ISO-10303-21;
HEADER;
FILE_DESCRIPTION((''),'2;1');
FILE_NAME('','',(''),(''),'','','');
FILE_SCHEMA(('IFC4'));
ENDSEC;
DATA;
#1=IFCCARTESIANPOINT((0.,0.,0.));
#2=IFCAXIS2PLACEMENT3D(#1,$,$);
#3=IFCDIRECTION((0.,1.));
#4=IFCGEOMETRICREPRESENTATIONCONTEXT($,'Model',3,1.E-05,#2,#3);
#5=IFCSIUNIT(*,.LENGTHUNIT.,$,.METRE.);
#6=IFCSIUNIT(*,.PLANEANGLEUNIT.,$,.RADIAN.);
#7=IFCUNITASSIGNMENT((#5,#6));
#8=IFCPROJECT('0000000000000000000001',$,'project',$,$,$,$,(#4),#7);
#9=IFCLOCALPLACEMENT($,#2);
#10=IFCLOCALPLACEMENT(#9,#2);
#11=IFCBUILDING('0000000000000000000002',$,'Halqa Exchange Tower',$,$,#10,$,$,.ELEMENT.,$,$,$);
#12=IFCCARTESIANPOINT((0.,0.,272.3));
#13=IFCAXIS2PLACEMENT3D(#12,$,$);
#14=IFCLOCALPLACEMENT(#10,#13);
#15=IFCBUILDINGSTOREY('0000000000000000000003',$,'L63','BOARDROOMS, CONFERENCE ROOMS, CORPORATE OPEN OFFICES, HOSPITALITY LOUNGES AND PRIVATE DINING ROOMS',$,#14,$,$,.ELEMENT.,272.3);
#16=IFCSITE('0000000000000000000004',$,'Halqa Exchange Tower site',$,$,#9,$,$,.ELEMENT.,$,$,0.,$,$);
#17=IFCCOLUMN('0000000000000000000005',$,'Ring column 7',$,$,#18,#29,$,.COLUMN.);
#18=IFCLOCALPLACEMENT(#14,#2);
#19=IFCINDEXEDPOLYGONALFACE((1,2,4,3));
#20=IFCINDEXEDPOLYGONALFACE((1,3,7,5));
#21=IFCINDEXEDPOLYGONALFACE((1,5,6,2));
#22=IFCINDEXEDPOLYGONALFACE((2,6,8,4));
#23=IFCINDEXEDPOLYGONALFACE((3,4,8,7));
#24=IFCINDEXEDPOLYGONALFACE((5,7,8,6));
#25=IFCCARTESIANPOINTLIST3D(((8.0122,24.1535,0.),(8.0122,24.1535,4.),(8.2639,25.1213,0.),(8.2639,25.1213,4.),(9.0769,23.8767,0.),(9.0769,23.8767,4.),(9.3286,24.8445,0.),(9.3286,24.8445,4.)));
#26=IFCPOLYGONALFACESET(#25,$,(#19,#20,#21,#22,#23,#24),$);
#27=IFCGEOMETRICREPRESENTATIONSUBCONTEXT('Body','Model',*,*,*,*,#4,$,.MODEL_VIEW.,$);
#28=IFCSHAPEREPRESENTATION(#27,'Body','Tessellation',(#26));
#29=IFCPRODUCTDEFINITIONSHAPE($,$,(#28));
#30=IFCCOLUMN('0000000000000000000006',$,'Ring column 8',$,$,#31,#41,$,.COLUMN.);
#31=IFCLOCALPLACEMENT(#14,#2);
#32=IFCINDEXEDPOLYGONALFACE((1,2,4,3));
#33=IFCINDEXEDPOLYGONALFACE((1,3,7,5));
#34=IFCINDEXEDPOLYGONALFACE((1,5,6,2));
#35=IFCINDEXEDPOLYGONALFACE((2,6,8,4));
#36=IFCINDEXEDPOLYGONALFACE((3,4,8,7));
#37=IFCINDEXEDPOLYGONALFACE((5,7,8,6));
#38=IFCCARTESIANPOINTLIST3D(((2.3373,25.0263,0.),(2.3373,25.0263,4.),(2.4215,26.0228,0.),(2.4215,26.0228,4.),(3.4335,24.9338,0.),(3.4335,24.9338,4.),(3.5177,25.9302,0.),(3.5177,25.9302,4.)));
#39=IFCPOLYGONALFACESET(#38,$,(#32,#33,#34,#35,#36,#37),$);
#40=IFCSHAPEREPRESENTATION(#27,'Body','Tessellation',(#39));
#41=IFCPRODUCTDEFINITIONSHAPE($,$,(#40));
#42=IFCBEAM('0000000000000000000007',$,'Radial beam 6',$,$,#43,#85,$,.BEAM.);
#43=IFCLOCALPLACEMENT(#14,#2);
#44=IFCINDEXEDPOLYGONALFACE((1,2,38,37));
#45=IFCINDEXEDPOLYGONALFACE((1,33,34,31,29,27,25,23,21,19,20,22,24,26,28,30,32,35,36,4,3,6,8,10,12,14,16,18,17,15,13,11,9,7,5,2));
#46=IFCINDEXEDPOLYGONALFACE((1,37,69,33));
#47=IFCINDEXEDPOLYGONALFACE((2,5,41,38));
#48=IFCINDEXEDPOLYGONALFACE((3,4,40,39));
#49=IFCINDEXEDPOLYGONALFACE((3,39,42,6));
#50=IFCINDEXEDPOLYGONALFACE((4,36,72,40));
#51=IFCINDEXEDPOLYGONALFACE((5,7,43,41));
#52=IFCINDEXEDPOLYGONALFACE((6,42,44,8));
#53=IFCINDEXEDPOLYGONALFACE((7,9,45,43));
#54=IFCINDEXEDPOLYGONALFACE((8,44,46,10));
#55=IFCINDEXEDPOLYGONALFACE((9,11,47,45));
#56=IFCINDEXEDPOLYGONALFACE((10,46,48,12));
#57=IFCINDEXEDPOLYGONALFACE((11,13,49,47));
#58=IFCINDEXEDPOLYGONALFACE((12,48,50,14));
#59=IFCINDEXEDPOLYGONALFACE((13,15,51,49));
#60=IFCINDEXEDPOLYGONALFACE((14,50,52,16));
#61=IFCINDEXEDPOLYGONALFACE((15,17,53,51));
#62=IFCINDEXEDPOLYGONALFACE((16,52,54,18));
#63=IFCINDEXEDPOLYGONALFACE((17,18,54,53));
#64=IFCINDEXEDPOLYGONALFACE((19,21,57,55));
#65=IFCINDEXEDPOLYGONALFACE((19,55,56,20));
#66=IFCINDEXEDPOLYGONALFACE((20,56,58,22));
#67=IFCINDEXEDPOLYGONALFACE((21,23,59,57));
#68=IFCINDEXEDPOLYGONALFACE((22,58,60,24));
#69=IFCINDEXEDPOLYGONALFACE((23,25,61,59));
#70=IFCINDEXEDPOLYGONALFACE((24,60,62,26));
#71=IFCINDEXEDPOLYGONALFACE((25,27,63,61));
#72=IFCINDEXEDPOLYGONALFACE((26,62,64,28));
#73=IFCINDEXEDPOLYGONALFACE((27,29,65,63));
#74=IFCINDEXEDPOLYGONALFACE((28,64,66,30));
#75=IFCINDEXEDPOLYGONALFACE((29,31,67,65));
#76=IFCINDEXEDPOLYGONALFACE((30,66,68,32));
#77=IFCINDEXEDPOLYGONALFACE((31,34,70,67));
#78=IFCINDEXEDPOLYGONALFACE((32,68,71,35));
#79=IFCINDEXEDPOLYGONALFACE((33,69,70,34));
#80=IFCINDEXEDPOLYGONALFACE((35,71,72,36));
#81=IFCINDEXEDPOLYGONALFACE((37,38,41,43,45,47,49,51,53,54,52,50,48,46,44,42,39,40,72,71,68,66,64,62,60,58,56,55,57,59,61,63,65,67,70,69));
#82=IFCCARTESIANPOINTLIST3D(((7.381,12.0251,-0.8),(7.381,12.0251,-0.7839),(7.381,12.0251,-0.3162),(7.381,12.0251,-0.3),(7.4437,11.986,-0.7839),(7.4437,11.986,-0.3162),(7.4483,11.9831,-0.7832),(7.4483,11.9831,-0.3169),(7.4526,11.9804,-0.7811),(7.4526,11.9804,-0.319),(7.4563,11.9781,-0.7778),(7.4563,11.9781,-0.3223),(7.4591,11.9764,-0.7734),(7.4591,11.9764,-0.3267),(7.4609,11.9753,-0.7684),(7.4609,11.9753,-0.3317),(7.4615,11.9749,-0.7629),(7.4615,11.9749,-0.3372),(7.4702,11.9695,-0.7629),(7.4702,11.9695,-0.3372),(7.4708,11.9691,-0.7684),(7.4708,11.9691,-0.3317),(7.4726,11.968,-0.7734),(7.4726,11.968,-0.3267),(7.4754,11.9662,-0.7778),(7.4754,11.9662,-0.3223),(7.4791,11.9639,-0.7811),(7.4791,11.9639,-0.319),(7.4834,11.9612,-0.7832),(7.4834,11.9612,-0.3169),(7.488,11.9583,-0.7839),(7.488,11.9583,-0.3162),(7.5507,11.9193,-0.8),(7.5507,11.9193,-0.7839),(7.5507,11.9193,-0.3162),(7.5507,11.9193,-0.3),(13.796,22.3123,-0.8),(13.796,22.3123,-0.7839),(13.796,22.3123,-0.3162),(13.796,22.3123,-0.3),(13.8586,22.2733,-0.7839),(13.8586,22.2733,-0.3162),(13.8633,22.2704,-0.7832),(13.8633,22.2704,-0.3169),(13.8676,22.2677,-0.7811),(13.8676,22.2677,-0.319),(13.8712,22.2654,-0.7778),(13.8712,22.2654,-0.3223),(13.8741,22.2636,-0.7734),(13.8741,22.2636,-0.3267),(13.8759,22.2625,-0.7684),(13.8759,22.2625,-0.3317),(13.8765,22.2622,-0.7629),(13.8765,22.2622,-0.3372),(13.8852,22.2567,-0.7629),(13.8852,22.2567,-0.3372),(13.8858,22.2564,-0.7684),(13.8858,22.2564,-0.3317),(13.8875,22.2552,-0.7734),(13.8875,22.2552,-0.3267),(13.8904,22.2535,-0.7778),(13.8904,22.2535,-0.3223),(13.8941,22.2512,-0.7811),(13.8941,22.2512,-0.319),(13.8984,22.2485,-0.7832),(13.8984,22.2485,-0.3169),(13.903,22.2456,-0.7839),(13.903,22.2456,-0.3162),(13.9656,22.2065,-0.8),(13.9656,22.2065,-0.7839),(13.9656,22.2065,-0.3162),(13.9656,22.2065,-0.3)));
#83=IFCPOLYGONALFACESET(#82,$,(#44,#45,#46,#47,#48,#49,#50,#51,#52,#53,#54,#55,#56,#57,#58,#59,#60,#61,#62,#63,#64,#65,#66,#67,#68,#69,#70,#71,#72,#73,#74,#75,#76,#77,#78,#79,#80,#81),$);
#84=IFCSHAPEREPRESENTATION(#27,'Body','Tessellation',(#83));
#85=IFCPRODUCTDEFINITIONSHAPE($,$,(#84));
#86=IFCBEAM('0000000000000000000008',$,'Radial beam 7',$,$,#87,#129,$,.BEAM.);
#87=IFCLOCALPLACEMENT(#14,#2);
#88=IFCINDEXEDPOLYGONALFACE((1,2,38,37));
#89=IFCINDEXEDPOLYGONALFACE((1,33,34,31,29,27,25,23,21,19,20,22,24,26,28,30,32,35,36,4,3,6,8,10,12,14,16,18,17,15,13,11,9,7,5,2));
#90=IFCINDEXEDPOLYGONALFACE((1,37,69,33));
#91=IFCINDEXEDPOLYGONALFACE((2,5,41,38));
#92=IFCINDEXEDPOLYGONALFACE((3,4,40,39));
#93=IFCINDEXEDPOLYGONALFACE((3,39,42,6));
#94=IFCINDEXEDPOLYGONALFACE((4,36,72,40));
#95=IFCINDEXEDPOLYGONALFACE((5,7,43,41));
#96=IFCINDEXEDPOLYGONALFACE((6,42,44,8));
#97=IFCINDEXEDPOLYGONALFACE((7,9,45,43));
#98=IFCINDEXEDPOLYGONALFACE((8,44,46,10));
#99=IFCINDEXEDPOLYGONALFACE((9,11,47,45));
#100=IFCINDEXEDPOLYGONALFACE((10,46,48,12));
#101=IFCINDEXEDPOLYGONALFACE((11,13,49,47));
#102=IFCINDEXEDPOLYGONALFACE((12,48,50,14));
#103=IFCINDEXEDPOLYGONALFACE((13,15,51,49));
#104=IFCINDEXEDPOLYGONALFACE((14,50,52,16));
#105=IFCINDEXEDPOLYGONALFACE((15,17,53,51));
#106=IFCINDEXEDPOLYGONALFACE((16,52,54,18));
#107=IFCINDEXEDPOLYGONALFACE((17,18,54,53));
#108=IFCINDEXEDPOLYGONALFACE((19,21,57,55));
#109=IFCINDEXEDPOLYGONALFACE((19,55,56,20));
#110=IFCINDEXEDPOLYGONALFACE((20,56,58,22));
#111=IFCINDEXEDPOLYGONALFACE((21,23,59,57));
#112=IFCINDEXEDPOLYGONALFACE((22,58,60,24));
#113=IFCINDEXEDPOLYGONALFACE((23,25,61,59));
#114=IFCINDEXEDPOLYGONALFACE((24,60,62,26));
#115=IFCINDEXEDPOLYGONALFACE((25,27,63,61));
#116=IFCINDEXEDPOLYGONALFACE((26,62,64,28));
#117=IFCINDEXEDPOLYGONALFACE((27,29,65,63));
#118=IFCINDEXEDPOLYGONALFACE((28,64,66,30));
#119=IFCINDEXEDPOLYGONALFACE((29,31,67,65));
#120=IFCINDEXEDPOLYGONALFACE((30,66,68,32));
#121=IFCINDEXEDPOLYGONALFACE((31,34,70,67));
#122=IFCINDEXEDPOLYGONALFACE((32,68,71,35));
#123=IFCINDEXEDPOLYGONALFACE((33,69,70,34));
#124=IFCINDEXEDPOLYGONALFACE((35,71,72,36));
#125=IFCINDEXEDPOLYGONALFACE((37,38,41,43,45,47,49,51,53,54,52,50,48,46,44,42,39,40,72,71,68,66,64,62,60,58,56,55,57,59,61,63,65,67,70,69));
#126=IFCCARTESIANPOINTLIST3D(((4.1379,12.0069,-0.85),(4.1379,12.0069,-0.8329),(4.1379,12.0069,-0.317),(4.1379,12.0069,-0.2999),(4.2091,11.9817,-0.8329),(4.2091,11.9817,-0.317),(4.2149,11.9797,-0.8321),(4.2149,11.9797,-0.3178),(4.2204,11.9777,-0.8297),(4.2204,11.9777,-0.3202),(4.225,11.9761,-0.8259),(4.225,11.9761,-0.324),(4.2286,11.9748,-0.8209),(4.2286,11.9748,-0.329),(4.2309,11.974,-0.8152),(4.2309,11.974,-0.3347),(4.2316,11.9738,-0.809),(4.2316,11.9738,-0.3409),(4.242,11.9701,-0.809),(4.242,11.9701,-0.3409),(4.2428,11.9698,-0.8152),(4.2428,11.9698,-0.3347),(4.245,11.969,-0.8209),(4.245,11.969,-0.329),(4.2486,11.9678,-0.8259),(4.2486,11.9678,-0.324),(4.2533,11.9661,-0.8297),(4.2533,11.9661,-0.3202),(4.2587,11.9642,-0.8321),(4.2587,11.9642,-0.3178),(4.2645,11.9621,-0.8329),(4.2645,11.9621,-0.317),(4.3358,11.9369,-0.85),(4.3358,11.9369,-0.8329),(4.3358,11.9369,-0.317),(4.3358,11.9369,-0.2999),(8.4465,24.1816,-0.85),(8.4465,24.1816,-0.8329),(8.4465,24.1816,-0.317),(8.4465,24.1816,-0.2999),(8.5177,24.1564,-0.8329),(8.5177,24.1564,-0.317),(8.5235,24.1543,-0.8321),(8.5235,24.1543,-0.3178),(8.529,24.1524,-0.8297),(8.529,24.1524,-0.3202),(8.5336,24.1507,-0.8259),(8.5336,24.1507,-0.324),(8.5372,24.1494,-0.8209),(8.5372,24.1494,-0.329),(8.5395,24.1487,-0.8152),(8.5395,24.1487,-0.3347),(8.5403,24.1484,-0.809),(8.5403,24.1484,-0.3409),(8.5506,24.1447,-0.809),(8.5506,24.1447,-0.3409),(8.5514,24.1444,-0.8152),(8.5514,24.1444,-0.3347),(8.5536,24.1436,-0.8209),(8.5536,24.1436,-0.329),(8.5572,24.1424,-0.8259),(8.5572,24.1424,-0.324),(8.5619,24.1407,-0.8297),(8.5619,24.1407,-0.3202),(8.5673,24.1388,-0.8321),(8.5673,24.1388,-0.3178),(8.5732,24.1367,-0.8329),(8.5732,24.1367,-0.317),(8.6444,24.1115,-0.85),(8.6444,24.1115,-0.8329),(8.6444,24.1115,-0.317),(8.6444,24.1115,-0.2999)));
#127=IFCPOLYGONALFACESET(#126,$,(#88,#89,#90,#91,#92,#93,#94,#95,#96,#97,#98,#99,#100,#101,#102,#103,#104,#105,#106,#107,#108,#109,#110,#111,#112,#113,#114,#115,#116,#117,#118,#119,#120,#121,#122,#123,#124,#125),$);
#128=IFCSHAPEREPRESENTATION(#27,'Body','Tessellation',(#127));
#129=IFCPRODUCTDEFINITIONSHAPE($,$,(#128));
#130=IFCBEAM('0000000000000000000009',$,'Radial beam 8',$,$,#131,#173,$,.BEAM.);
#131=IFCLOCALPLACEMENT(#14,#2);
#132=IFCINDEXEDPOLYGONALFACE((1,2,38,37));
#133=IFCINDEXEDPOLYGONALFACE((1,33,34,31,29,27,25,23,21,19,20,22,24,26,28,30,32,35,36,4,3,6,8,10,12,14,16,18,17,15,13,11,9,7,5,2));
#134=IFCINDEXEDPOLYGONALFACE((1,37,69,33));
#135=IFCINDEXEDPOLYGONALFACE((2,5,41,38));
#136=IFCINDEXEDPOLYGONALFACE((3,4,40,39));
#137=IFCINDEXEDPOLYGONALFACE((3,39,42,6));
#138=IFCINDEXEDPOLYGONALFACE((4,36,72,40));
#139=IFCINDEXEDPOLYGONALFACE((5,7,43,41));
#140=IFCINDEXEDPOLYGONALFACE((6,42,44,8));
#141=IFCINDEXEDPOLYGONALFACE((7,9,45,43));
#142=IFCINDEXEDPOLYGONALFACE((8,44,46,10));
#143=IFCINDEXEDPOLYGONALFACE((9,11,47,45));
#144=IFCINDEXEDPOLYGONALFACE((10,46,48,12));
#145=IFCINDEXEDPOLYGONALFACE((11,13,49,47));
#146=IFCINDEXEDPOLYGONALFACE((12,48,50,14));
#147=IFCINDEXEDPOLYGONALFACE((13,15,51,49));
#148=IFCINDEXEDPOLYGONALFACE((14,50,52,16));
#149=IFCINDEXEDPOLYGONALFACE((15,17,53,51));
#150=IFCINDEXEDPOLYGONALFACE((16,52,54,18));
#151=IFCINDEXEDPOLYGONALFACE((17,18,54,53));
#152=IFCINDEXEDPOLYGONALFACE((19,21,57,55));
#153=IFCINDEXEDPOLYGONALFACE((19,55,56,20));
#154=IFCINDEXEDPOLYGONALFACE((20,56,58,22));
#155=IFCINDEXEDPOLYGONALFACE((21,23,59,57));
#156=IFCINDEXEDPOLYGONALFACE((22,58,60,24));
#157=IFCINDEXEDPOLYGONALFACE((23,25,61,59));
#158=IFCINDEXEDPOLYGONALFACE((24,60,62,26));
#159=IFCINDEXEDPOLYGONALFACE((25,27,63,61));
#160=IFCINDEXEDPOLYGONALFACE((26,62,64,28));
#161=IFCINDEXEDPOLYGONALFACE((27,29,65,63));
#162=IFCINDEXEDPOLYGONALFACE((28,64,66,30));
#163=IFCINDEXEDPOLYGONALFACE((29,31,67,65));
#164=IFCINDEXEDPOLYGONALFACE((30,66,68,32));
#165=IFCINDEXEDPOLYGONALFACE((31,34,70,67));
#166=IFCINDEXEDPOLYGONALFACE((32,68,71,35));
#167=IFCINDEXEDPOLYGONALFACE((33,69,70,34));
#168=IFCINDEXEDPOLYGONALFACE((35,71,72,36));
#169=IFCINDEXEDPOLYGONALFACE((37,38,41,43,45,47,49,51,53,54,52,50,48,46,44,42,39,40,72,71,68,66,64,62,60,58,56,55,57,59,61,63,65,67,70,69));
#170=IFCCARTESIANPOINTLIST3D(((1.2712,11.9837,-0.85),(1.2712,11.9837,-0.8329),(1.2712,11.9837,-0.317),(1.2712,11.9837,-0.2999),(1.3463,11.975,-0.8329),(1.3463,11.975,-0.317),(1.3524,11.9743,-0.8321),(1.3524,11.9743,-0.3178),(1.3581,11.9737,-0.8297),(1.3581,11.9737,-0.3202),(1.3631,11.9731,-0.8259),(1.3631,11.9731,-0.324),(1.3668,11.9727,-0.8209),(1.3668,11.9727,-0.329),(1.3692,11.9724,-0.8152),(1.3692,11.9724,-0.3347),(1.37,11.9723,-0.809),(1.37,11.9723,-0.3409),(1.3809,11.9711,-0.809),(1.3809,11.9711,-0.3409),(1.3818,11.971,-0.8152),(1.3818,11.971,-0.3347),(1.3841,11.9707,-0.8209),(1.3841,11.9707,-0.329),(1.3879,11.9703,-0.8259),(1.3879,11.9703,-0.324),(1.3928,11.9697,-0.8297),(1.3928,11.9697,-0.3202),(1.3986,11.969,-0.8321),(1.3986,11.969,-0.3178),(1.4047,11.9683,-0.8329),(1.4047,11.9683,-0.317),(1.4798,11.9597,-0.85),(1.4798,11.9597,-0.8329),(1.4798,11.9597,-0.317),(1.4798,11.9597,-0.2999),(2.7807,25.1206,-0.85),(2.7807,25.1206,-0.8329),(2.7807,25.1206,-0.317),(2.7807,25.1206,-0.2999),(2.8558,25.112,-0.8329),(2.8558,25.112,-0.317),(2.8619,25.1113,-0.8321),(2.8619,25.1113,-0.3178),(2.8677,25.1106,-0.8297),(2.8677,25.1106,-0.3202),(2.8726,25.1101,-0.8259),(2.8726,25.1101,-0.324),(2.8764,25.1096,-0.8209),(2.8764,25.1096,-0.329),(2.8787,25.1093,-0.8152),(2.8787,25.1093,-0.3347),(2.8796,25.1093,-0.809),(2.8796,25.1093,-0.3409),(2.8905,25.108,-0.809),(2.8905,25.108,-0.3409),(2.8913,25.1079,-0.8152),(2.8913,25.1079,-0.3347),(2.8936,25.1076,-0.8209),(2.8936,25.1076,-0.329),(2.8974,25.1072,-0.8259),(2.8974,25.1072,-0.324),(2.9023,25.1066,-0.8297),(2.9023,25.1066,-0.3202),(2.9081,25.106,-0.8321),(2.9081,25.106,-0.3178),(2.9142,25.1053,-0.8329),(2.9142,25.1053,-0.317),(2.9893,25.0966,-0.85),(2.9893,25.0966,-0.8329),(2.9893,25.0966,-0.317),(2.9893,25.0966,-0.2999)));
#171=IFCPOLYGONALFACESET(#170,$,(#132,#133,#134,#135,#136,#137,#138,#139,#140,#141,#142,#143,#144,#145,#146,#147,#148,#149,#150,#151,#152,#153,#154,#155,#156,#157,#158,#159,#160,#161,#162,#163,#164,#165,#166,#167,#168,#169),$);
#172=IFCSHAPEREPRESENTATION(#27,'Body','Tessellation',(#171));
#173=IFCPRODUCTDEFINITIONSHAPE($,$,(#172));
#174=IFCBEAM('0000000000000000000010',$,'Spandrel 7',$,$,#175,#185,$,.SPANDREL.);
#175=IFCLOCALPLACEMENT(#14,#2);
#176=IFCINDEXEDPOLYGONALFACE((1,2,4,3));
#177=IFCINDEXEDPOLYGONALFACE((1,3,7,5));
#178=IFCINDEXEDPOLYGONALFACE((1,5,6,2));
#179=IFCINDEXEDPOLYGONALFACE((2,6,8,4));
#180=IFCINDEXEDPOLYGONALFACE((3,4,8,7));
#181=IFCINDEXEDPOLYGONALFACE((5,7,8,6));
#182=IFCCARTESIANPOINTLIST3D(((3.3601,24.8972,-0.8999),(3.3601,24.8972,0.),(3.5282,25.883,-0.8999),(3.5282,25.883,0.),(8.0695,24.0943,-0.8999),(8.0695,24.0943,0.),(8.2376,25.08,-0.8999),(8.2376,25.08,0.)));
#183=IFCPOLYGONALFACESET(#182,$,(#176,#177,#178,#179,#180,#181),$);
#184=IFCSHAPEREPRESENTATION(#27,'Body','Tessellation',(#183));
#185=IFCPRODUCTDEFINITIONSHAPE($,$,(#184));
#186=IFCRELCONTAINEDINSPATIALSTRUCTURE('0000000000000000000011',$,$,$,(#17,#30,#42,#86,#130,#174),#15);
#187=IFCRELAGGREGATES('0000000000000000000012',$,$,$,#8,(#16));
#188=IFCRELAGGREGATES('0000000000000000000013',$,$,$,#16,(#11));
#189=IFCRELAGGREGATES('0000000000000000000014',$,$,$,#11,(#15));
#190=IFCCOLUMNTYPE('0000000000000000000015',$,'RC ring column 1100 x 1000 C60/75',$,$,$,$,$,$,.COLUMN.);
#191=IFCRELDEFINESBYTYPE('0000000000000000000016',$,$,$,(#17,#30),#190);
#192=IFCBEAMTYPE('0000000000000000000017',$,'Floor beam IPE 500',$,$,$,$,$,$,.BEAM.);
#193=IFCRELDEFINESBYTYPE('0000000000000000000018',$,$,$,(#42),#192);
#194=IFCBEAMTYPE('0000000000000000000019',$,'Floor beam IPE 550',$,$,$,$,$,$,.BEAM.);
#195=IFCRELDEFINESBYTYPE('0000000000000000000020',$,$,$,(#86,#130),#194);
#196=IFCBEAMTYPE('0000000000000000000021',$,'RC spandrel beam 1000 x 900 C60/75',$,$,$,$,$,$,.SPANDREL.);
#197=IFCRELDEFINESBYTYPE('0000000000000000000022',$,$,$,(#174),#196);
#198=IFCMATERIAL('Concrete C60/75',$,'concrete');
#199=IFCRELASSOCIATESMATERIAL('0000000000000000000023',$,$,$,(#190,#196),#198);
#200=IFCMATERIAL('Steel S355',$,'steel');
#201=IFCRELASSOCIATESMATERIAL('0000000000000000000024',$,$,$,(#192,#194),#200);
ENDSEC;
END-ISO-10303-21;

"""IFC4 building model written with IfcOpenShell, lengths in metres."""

from ifc_helpers import new_model, si_unit, direction, frame, origin, origin_2d, place, context, subcontext, project, spatial, rectangle, i_section, extrude, material, material_profile, profile_set, type_object, element, save


model = new_model("IFC4")

# Units and contexts
model_context = context("Model", 3, precision=1e-05, world=origin(), true_north=direction((0.0, 1.0)))
body_context = subcontext(model_context, "Body", "Model", "MODEL_VIEW")
ifc_project = project(units=[si_unit("LENGTHUNIT", "METRE"), si_unit("PLANEANGLEUNIT", "RADIAN")], contexts=[model_context])

# Site, building, storey
site_placement = place(None, origin())
site = spatial("IfcSite", under=ifc_project, at=site_placement, Name="Halqa Exchange Tower site", CompositionType="ELEMENT", RefElevation=0.0)
building_placement = place(site_placement, origin())
building = spatial("IfcBuilding", under=site, at=building_placement, Name="Halqa Exchange Tower", CompositionType="ELEMENT")
storey_placement = place(building_placement, frame((0.0, 0.0, 272.3)))
storey = spatial("IfcBuildingStorey", under=building, at=storey_placement, Name="L63", Description="BOARDROOMS, CONFERENCE ROOMS, CORPORATE OPEN OFFICES, HOSPITALITY LOUNGES AND PRIVATE DINING ROOMS", CompositionType="ELEMENT", Elevation=272.3)

# Columns
ifc_material_1 = material(Name="Concrete C60/75", Category="concrete")
ifc_material_profile_1 = material_profile(ifc_material_1, rectangle(XDim=1.1001, YDim=1.0, at=origin_2d()), Name="1100 x 1000")
ifc_profile_set_1 = profile_set([ifc_material_profile_1], Name="Concrete C60/75")
column_type = type_object("IfcColumnType", Name="RC ring column 1100 x 1000 C60/75", PredefinedType="COLUMN", material=ifc_profile_set_1)
for number, where, z_axis, x_axis, name in (
    (1, (8.6704, 24.499, 0.0), (0.0, 0.0, 1.0), (-0.96782, 0.251642, 0.0), "Ring column 7"),
    (2, (2.9275, 25.4783, 0.0), (0.0, 0.0, 1.0), (-0.996456, 0.084121, 0.0), "Ring column 8"),
):
    element("IfcColumn", number, at=place(storey_placement, frame(where, z_axis=z_axis, x_axis=x_axis)), inside=storey, type_object=column_type, Name=name, PredefinedType="COLUMN", context=body_context, shape_type="SweptSolid", body=[
        extrude(rectangle(XDim=1.1001, YDim=1.0, at=origin_2d()), origin(), (0.0, 0.0, 1.0), 4.0),
    ])

# Beams
ifc_material_2 = material(Name="Steel S355", Category="steel")
ifc_material_profile_2 = material_profile(ifc_material_2, i_section(OverallWidth=0.2, OverallDepth=0.5, WebThickness=0.0103, FlangeThickness=0.0161, FilletRadius=0.021, at=origin_2d()), Name="IPE 500")
ifc_profile_set_2 = profile_set([ifc_material_profile_2], Name="Steel S355")
beam_type_1 = type_object("IfcBeamType", Name="Floor beam IPE 500", PredefinedType="BEAM", material=ifc_profile_set_2)
beam_1_placement = place(storey_placement, frame((7.4658, 11.9722, -0.55), z_axis=(0.529135, 0.848538, 0.0), x_axis=(-0.848538, 0.529135, 0.0)))
element("IfcBeam", 3, at=beam_1_placement, inside=storey, type_object=beam_type_1, Name="Radial beam 6", PredefinedType="BEAM", context=body_context, shape_type="SweptSolid", body=[
    extrude(i_section(OverallWidth=0.2, OverallDepth=0.5, WebThickness=0.0103, FlangeThickness=0.0161, FilletRadius=0.021, at=origin_2d()), origin(), (0.0, 0.0, 1.0), 12.1235),
])
ifc_material_profile_3 = material_profile(ifc_material_2, i_section(OverallWidth=0.21, OverallDepth=0.55, WebThickness=0.011, FlangeThickness=0.0171, FilletRadius=0.0239, at=origin_2d()), Name="IPE 550")
ifc_profile_set_3 = profile_set([ifc_material_profile_3], Name="Steel S355")
beam_type_2 = type_object("IfcBeamType", Name="Floor beam IPE 550", PredefinedType="BEAM", material=ifc_profile_set_3)
beam_2_placement = place(storey_placement, frame((4.2368, 11.9719, -0.575), z_axis=(0.333625, 0.942706, 0.0), x_axis=(-0.942706, 0.333625, 0.0)))
element("IfcBeam", 4, at=beam_2_placement, inside=storey, type_object=beam_type_2, Name="Radial beam 7", PredefinedType="BEAM", context=body_context, shape_type="SweptSolid", body=[
    extrude(i_section(OverallWidth=0.21, OverallDepth=0.55, WebThickness=0.011, FlangeThickness=0.0171, FilletRadius=0.0239, at=origin_2d()), origin(), (0.0, 0.0, 1.0), 12.9146),
])
beam_3_placement = place(storey_placement, frame((1.3755, 11.9717, -0.575), z_axis=(0.114155, 0.993463, 0.0), x_axis=(-0.993463, 0.114155, 0.0)))
element("IfcBeam", 5, at=beam_3_placement, inside=storey, type_object=beam_type_2, Name="Radial beam 8", PredefinedType="BEAM", context=body_context, shape_type="SweptSolid", body=[
    extrude(i_section(OverallWidth=0.21, OverallDepth=0.55, WebThickness=0.011, FlangeThickness=0.0171, FilletRadius=0.0239, at=origin_2d()), origin(), (0.0, 0.0, 1.0), 13.2234),
])
ifc_material_profile_4 = material_profile(ifc_material_1, rectangle(XDim=1.0, YDim=0.8999, at=origin_2d()), Name="1000 x 900")
ifc_profile_set_4 = profile_set([ifc_material_profile_4], Name="Concrete C60/75")
beam_type_3 = type_object("IfcBeamType", Name="RC spandrel beam 1000 x 900 C60/75", PredefinedType="SPANDREL", material=ifc_profile_set_4)
beam_4_placement = place(storey_placement, frame((8.1536, 24.5872, -0.45), z_axis=(-0.985774, 0.168077, 0.0), x_axis=(-0.168077, -0.985774, 0.0)))
element("IfcBeam", 6, at=beam_4_placement, inside=storey, type_object=beam_type_3, Name="Spandrel 7", PredefinedType="SPANDREL", context=body_context, shape_type="SweptSolid", body=[
    extrude(rectangle(XDim=1.0, YDim=0.8999, at=origin_2d()), origin(), (0.0, 0.0, 1.0), 4.7773),
])

save(model, "model.ifc")
